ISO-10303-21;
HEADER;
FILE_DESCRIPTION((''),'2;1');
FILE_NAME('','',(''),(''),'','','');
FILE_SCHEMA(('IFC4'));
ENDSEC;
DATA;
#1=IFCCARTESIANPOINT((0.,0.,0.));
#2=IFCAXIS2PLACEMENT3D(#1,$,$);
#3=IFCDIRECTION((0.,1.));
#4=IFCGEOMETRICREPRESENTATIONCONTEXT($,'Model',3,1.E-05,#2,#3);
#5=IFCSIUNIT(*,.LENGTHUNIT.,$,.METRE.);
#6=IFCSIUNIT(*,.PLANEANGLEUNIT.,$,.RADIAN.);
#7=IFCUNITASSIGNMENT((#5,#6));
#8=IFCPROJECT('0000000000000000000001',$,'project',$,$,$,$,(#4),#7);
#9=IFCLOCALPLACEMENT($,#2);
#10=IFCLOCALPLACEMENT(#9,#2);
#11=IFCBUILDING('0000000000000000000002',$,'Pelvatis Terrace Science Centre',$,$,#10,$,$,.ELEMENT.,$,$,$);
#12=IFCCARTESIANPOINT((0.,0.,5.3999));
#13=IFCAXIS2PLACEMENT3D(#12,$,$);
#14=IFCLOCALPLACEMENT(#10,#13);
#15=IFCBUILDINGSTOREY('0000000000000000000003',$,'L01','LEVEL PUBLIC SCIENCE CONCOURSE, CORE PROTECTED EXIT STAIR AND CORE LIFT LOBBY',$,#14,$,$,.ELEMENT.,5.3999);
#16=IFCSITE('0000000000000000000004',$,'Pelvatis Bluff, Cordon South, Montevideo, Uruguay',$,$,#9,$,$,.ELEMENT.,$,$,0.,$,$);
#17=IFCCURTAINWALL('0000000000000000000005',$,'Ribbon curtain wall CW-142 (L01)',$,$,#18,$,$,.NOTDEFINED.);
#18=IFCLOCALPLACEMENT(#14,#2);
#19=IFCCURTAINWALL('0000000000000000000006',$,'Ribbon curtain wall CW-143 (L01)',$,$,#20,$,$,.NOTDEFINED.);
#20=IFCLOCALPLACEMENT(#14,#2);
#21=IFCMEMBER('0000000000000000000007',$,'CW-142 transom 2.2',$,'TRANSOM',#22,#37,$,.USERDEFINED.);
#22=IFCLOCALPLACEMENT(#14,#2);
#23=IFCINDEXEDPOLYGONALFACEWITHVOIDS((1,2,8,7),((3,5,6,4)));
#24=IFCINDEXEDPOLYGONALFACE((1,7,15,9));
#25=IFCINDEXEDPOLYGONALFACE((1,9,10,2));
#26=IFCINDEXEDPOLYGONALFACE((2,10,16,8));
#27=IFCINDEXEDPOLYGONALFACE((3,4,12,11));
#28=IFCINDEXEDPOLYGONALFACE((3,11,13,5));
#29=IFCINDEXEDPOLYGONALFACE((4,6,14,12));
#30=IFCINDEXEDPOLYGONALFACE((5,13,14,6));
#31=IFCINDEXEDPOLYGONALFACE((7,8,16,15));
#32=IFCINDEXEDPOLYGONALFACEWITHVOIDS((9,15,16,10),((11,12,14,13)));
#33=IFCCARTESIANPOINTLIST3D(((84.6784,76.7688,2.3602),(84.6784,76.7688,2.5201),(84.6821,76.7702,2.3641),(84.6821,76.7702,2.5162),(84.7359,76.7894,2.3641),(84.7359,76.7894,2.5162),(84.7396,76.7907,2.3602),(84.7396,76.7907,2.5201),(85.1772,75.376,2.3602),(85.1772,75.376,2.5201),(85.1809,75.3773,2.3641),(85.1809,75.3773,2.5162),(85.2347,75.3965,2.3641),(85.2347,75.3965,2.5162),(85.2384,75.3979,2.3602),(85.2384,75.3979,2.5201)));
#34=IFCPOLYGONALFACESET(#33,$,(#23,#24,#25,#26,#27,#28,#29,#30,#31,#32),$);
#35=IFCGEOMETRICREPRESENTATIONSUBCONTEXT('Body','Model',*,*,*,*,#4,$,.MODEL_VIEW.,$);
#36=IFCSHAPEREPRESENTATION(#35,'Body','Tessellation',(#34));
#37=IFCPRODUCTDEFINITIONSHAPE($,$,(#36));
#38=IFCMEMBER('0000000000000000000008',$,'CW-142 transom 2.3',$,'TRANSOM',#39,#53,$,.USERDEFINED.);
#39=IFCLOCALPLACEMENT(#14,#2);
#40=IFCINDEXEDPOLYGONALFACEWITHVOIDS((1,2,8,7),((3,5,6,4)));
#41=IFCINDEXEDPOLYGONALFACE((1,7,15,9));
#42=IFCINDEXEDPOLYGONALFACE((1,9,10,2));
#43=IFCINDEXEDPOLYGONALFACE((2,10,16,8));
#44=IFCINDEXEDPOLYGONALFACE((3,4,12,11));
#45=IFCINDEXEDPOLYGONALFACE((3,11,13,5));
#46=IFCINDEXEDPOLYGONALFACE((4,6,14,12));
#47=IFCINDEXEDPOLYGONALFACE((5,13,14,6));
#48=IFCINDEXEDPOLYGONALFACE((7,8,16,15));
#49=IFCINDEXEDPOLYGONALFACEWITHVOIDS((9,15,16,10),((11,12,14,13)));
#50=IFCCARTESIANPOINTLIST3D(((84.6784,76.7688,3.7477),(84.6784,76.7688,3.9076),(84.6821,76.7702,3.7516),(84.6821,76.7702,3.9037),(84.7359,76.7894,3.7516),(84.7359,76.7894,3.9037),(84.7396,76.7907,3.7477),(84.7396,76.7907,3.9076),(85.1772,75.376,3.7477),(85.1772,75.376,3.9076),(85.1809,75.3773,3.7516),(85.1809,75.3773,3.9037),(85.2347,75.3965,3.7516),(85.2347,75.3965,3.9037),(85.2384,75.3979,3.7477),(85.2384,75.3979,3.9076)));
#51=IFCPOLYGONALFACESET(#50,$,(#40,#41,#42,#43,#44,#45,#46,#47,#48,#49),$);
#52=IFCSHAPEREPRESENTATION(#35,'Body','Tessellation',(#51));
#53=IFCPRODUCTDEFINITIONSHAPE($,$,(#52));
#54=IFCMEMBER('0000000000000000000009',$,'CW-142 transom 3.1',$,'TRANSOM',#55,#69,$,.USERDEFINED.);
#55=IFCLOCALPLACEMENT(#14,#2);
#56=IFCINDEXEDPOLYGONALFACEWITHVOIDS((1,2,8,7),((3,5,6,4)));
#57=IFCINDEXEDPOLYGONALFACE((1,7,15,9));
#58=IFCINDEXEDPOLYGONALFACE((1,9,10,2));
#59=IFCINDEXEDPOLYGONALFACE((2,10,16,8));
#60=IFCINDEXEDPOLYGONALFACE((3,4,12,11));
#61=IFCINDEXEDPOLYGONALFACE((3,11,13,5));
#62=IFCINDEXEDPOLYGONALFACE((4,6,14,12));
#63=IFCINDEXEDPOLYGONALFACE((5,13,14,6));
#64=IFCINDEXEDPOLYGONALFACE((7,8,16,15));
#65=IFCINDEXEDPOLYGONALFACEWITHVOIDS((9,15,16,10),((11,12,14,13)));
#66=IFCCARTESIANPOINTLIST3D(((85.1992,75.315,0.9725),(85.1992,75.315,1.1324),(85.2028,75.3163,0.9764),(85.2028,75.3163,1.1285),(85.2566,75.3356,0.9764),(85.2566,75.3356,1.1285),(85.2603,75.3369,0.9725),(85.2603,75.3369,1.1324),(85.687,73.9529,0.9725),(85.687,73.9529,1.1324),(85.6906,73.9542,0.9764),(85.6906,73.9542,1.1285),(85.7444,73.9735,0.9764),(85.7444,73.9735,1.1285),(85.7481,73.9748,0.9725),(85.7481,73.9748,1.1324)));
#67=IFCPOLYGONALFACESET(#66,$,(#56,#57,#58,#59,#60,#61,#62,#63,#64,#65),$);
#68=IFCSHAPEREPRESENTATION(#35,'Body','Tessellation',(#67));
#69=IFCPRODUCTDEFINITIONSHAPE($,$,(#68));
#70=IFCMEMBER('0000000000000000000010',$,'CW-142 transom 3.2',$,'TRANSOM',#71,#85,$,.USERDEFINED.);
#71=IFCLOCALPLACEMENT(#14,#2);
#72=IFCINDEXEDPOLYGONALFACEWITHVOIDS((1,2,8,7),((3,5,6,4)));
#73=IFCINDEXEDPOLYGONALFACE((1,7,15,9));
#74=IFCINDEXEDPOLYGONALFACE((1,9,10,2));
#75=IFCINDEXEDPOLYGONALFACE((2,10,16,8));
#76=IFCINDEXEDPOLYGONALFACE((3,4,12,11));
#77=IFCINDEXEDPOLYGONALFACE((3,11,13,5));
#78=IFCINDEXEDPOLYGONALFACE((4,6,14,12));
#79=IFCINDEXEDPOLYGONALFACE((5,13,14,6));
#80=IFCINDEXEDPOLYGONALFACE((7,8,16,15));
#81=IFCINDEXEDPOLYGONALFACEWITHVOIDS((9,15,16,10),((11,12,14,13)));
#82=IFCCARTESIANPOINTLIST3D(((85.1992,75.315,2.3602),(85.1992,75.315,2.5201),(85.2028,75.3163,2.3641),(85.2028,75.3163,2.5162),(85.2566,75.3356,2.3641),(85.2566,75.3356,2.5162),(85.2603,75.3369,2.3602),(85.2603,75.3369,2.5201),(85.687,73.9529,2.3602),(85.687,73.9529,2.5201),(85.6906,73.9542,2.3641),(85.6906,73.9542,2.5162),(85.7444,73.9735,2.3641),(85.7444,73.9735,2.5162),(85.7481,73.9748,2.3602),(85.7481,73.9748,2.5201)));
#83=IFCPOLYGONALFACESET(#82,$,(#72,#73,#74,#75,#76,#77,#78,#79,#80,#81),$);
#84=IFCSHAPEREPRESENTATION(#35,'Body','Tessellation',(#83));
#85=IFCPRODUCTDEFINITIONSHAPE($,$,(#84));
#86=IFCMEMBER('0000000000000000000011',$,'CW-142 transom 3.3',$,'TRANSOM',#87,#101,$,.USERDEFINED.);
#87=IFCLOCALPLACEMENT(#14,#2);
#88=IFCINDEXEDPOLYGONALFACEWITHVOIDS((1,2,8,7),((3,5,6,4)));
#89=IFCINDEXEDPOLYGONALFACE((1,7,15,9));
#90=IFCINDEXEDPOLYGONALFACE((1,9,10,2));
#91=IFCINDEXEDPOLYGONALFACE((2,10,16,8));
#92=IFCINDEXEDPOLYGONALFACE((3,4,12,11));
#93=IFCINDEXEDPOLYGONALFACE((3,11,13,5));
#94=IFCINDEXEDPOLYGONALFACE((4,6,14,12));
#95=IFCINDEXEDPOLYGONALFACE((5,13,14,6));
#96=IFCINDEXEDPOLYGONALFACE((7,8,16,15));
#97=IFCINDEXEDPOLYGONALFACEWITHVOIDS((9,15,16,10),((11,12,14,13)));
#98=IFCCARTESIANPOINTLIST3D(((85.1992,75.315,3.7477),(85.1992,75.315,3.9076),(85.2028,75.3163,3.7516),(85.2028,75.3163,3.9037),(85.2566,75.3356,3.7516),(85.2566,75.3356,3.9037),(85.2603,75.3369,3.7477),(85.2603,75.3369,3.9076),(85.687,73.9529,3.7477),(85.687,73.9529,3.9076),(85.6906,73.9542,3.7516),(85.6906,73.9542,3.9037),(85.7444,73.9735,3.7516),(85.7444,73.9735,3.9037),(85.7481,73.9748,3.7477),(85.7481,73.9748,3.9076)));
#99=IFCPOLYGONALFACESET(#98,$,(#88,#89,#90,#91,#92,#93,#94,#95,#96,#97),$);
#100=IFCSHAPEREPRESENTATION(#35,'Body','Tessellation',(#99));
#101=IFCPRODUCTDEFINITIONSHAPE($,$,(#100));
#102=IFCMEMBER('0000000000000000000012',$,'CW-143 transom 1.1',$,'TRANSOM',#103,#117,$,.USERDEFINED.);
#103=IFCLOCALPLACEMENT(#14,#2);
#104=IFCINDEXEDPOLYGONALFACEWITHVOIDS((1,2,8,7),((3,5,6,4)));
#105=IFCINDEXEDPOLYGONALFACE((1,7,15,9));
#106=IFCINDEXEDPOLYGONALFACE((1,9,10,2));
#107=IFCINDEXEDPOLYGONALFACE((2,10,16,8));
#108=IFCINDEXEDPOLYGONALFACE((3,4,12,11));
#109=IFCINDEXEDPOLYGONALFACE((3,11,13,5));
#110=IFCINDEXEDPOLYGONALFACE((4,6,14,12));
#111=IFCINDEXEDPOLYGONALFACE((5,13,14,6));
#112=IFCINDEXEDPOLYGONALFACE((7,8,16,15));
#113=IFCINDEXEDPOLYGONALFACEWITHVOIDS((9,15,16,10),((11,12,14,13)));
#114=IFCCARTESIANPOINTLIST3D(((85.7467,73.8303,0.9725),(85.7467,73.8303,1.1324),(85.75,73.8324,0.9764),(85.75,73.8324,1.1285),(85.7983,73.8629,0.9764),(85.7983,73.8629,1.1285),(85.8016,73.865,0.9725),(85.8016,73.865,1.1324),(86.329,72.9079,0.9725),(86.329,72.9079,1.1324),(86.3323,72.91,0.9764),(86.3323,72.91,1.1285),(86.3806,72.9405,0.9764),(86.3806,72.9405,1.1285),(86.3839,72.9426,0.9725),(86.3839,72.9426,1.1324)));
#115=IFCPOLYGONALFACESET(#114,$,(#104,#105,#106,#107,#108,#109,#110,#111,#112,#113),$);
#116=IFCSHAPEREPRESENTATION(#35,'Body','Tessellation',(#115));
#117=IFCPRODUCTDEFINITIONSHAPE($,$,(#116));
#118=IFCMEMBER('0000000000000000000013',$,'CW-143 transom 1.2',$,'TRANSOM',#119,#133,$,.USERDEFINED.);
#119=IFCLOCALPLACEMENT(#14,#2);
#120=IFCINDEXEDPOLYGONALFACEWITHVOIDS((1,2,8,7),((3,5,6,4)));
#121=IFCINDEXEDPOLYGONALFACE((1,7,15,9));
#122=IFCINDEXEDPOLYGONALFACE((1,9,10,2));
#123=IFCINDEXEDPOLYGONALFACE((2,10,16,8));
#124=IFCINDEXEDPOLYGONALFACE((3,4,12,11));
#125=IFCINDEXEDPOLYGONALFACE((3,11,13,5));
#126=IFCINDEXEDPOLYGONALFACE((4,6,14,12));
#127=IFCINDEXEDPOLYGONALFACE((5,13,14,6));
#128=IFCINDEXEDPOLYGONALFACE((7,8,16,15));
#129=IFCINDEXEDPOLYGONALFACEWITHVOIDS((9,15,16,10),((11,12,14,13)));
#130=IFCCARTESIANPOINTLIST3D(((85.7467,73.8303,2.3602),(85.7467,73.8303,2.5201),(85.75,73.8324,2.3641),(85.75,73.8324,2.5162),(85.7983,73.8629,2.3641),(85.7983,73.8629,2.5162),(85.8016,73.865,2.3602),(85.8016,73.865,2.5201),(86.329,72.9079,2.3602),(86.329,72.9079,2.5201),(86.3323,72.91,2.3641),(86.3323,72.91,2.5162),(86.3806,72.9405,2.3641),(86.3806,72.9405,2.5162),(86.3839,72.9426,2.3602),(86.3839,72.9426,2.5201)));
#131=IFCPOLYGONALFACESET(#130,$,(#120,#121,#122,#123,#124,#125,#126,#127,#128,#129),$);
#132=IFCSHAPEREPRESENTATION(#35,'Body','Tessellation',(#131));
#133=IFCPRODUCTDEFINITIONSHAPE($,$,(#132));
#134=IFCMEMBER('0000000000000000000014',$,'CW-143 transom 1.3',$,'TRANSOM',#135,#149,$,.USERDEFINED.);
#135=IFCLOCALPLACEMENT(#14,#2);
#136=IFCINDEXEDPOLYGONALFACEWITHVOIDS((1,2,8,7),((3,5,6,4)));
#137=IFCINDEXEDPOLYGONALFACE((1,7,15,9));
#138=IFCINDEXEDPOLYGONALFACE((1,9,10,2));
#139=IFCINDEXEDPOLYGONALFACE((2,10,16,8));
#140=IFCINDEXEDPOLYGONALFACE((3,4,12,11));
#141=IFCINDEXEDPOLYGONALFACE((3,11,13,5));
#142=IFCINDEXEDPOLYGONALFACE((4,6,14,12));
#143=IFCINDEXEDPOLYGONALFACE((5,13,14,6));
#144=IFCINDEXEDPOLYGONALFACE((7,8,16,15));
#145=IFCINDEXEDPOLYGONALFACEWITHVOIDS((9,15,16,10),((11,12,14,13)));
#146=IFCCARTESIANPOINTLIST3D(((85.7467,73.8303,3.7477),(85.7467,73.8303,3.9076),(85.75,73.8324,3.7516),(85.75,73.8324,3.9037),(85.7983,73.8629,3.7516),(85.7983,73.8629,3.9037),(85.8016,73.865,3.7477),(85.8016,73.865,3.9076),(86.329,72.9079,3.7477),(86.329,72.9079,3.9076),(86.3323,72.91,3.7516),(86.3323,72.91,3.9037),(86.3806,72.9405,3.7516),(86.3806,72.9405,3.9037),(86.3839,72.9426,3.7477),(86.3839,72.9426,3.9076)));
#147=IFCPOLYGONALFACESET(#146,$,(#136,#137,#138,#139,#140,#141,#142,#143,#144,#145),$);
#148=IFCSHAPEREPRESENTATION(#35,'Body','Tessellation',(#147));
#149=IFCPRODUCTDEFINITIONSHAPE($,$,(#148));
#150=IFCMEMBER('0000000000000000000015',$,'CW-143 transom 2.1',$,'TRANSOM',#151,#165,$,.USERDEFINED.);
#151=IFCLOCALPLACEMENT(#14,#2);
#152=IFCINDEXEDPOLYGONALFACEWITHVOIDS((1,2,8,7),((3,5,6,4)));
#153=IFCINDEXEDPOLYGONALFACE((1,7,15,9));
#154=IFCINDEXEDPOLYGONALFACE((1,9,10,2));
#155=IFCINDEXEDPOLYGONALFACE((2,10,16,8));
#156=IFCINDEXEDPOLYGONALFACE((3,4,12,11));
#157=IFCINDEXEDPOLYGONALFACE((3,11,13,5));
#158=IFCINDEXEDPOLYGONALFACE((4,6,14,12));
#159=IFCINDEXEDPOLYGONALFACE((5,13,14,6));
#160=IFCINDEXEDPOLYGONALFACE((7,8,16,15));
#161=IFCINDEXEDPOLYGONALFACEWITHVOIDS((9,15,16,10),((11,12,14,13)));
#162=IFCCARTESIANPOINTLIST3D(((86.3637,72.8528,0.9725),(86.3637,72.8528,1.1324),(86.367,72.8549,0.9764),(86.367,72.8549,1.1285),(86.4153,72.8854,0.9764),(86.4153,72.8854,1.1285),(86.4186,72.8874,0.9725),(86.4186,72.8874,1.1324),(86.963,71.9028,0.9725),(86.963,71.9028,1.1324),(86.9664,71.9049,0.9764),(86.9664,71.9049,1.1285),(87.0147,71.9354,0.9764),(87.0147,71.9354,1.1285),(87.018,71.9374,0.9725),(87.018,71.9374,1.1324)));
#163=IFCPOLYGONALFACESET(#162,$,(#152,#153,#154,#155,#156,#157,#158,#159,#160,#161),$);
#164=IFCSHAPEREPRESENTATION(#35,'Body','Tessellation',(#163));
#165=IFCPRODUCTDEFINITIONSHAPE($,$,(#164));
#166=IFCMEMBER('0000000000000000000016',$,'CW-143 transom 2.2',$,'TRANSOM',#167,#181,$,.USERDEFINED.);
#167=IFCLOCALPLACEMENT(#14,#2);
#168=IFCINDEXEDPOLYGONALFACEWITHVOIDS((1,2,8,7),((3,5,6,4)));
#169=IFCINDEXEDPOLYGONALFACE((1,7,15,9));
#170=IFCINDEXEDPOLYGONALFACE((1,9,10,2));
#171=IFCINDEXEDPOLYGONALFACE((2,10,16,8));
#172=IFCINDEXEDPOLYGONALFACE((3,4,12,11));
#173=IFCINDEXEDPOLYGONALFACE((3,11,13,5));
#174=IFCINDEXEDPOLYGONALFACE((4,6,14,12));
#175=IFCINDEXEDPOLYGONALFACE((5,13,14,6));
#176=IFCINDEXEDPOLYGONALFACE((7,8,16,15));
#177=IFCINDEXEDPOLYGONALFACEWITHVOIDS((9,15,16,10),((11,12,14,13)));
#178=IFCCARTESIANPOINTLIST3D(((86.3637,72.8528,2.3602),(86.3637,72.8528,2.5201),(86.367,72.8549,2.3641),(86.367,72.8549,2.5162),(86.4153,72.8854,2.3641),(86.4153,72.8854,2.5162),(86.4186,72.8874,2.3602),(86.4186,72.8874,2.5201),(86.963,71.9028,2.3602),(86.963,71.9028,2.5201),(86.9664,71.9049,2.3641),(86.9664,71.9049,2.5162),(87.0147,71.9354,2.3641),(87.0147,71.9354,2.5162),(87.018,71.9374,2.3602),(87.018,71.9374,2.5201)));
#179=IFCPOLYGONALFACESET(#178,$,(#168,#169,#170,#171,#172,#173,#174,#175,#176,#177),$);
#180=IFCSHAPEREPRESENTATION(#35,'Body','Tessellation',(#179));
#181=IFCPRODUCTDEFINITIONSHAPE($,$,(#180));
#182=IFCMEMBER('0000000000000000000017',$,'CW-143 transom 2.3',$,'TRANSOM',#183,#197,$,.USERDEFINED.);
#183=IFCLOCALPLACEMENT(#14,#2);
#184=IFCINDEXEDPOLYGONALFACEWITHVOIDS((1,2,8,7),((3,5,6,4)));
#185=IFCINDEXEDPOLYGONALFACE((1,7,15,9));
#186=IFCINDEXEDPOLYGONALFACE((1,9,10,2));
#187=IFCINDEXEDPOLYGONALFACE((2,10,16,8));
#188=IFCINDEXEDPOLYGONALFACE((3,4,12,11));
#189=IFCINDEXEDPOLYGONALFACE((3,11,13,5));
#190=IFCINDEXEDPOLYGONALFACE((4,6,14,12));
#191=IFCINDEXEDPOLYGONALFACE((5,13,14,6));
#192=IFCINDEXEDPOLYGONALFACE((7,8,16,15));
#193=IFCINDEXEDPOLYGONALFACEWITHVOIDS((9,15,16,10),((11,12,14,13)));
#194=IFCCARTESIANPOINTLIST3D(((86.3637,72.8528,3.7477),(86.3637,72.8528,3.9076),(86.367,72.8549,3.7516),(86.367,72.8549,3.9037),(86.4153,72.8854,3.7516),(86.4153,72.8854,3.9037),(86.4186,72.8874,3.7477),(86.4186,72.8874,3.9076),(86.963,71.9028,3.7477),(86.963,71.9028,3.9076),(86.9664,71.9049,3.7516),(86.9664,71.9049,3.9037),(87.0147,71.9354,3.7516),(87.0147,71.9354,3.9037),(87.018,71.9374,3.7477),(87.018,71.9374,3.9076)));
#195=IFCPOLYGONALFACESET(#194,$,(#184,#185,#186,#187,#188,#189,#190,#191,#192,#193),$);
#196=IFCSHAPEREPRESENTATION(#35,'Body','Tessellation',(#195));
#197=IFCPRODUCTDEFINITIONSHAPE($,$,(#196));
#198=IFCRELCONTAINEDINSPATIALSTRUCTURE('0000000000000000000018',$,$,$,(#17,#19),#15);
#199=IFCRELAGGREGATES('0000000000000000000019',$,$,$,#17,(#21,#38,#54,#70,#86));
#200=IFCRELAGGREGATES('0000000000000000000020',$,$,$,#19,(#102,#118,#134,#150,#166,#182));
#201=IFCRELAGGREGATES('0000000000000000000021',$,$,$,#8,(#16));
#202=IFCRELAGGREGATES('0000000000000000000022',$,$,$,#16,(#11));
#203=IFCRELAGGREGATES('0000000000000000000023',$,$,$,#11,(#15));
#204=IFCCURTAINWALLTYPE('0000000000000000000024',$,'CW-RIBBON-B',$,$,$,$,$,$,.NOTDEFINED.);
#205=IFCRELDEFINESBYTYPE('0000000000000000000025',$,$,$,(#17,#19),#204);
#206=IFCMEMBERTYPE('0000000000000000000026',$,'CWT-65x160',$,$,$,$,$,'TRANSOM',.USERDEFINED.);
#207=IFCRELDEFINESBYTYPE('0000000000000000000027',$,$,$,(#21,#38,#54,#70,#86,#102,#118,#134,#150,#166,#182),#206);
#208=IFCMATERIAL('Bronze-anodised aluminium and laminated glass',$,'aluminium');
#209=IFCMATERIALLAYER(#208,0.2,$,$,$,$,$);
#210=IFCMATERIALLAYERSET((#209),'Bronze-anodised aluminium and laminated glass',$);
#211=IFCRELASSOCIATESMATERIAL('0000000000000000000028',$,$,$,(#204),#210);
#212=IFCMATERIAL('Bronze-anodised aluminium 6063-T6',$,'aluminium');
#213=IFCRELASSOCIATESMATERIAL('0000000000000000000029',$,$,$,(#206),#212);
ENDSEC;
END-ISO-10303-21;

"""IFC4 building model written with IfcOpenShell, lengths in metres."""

from ifc_helpers import new_model, si_unit, direction, frame, origin, origin_2d, place, context, subcontext, project, spatial, hollow_rectangle, extrude, material, layer, layer_set, material_profile, profile_set, type_object, element, aggregate, save


model = new_model("IFC4")

# Units and contexts
model_context = context("Model", 3, precision=1e-05, world=origin(), true_north=direction((0.0, 1.0)))
body_context = subcontext(model_context, "Body", "Model", "MODEL_VIEW")
ifc_project = project(units=[si_unit("LENGTHUNIT", "METRE"), si_unit("PLANEANGLEUNIT", "RADIAN")], contexts=[model_context])

# Site, building, storey
site_placement = place(None, origin())
site = spatial("IfcSite", under=ifc_project, at=site_placement, Name="Pelvatis Bluff, Cordon South, Montevideo, Uruguay", CompositionType="ELEMENT", RefElevation=0.0)
building_placement = place(site_placement, origin())
building = spatial("IfcBuilding", under=site, at=building_placement, Name="Pelvatis Terrace Science Centre", CompositionType="ELEMENT")
storey_placement = place(building_placement, frame((0.0, 0.0, 5.3999)))
storey = spatial("IfcBuildingStorey", under=building, at=storey_placement, Name="L01", Description="LEVEL PUBLIC SCIENCE CONCOURSE, CORE PROTECTED EXIT STAIR AND CORE LIFT LOBBY", CompositionType="ELEMENT", Elevation=5.3999)

# Shared definitions
ifc_material_1 = material(Name="Bronze-anodised aluminium and laminated glass", Category="aluminium")
ifc_layer_1 = layer(ifc_material_1, 0.2)
ifc_layer_set_1 = layer_set([ifc_layer_1], Name="Bronze-anodised aluminium and laminated glass")
curtain_wall_type = type_object("IfcCurtainWallType", Name="CW-RIBBON-B", PredefinedType="NOTDEFINED", material=ifc_layer_set_1)

# Curtain walls
curtain_wall_1_placement = place(storey_placement, origin())
curtain_wall_1 = element("IfcCurtainWall", 1, at=curtain_wall_1_placement, inside=storey, type_object=curtain_wall_type, Name="Ribbon curtain wall CW-142 (L01)", PredefinedType="NOTDEFINED")
curtain_wall_2_placement = place(storey_placement, origin())
curtain_wall_2 = element("IfcCurtainWall", 2, at=curtain_wall_2_placement, inside=storey, type_object=curtain_wall_type, Name="Ribbon curtain wall CW-143 (L01)", PredefinedType="NOTDEFINED")

# Members
ifc_material_2 = material(Name="Bronze-anodised aluminium 6063-T6", Category="aluminium")
ifc_material_profile_1 = material_profile(ifc_material_2, hollow_rectangle(XDim=0.0649, YDim=0.1599, WallThickness=0.0039, at=origin_2d()), Name="ALU-TRN 65x160")
ifc_profile_set_1 = profile_set([ifc_material_profile_1], Name="Bronze-anodised aluminium 6063-T6")
member_type_1 = type_object("IfcMemberType", Name="CWT-65x160", ElementType="TRANSOM", PredefinedType="USERDEFINED", material=ifc_profile_set_1)
member_1_placement = place(storey_placement, frame((84.709, 76.7798, 2.4402), z_axis=(0.337141, -0.941454, 0.0), x_axis=(0.941454, 0.337141, 0.0)))
member_1 = element("IfcMember", 3, at=member_1_placement, type_object=member_type_1, Name="CW-142 transom 2.2", ObjectType="TRANSOM", PredefinedType="USERDEFINED", context=body_context, shape_type="SweptSolid", body=[
    extrude(hollow_rectangle(XDim=0.0649, YDim=0.1599, WallThickness=0.0039, at=origin_2d()), origin(), (0.0, 0.0, 1.0), 1.4795),
])
member_2_placement = place(storey_placement, frame((84.709, 76.7798, 3.8276), z_axis=(0.337141, -0.941454, 0.0), x_axis=(0.941454, 0.337141, 0.0)))
member_2 = element("IfcMember", 4, at=member_2_placement, type_object=member_type_1, Name="CW-142 transom 2.3", ObjectType="TRANSOM", PredefinedType="USERDEFINED", context=body_context, shape_type="SweptSolid", body=[
    extrude(hollow_rectangle(XDim=0.0649, YDim=0.1599, WallThickness=0.0039, at=origin_2d()), origin(), (0.0, 0.0, 1.0), 1.4795),
])
member_3_placement = place(storey_placement, frame((85.2297, 75.3259, 1.0525), z_axis=(0.337159, -0.941448, 0.0), x_axis=(0.941448, 0.337159, 0.0)))
member_3 = element("IfcMember", 5, at=member_3_placement, type_object=member_type_1, Name="CW-142 transom 3.1", ObjectType="TRANSOM", PredefinedType="USERDEFINED", context=body_context, shape_type="SweptSolid", body=[
    extrude(hollow_rectangle(XDim=0.0649, YDim=0.1599, WallThickness=0.0039, at=origin_2d()), origin(), (0.0, 0.0, 1.0), 1.4468),
])
member_4_placement = place(storey_placement, frame((85.2297, 75.3259, 2.4402), z_axis=(0.337159, -0.941448, 0.0), x_axis=(0.941448, 0.337159, 0.0)))
member_4 = element("IfcMember", 6, at=member_4_placement, type_object=member_type_1, Name="CW-142 transom 3.2", ObjectType="TRANSOM", PredefinedType="USERDEFINED", context=body_context, shape_type="SweptSolid", body=[
    extrude(hollow_rectangle(XDim=0.0649, YDim=0.1599, WallThickness=0.0039, at=origin_2d()), origin(), (0.0, 0.0, 1.0), 1.4468),
])
member_5_placement = place(storey_placement, frame((85.2297, 75.3259, 3.8276), z_axis=(0.337159, -0.941448, 0.0), x_axis=(0.941448, 0.337159, 0.0)))
member_5 = element("IfcMember", 7, at=member_5_placement, type_object=member_type_1, Name="CW-142 transom 3.3", ObjectType="TRANSOM", PredefinedType="USERDEFINED", context=body_context, shape_type="SweptSolid", body=[
    extrude(hollow_rectangle(XDim=0.0649, YDim=0.1599, WallThickness=0.0039, at=origin_2d()), origin(), (0.0, 0.0, 1.0), 1.4468),
])
member_6_placement = place(storey_placement, frame((85.7742, 73.8477, 1.0525), z_axis=(0.533816, -0.845601, 0.0), x_axis=(0.845601, 0.533816, 0.0)))
member_6 = element("IfcMember", 8, at=member_6_placement, type_object=member_type_1, Name="CW-143 transom 1.1", ObjectType="TRANSOM", PredefinedType="USERDEFINED", context=body_context, shape_type="SweptSolid", body=[
    extrude(hollow_rectangle(XDim=0.0649, YDim=0.1599, WallThickness=0.0039, at=origin_2d()), origin(), (0.0, 0.0, 1.0), 1.0908),
])
member_7_placement = place(storey_placement, frame((85.7742, 73.8477, 2.4402), z_axis=(0.533816, -0.845601, 0.0), x_axis=(0.845601, 0.533816, 0.0)))
member_7 = element("IfcMember", 9, at=member_7_placement, type_object=member_type_1, Name="CW-143 transom 1.2", ObjectType="TRANSOM", PredefinedType="USERDEFINED", context=body_context, shape_type="SweptSolid", body=[
    extrude(hollow_rectangle(XDim=0.0649, YDim=0.1599, WallThickness=0.0039, at=origin_2d()), origin(), (0.0, 0.0, 1.0), 1.0908),
])
member_8_placement = place(storey_placement, frame((85.7742, 73.8477, 3.8276), z_axis=(0.533816, -0.845601, 0.0), x_axis=(0.845601, 0.533816, 0.0)))
member_8 = element("IfcMember", 10, at=member_8_placement, type_object=member_type_1, Name="CW-143 transom 1.3", ObjectType="TRANSOM", PredefinedType="USERDEFINED", context=body_context, shape_type="SweptSolid", body=[
    extrude(hollow_rectangle(XDim=0.0649, YDim=0.1599, WallThickness=0.0039, at=origin_2d()), origin(), (0.0, 0.0, 1.0), 1.0908),
])
member_9_placement = place(storey_placement, frame((86.3911, 72.8701, 1.0525), z_axis=(0.533609, -0.845732, 0.0), x_axis=(0.845732, 0.533609, 0.0)))
member_9 = element("IfcMember", 11, at=member_9_placement, type_object=member_type_1, Name="CW-143 transom 2.1", ObjectType="TRANSOM", PredefinedType="USERDEFINED", context=body_context, shape_type="SweptSolid", body=[
    extrude(hollow_rectangle(XDim=0.0649, YDim=0.1599, WallThickness=0.0039, at=origin_2d()), origin(), (0.0, 0.0, 1.0), 1.1233),
])
member_10_placement = place(storey_placement, frame((86.3911, 72.8701, 2.4402), z_axis=(0.533609, -0.845732, 0.0), x_axis=(0.845732, 0.533609, 0.0)))
member_10 = element("IfcMember", 12, at=member_10_placement, type_object=member_type_1, Name="CW-143 transom 2.2", ObjectType="TRANSOM", PredefinedType="USERDEFINED", context=body_context, shape_type="SweptSolid", body=[
    extrude(hollow_rectangle(XDim=0.0649, YDim=0.1599, WallThickness=0.0039, at=origin_2d()), origin(), (0.0, 0.0, 1.0), 1.1233),
])
member_11_placement = place(storey_placement, frame((86.3911, 72.8701, 3.8276), z_axis=(0.533609, -0.845732, 0.0), x_axis=(0.845732, 0.533609, 0.0)))
member_11 = element("IfcMember", 13, at=member_11_placement, type_object=member_type_1, Name="CW-143 transom 2.3", ObjectType="TRANSOM", PredefinedType="USERDEFINED", context=body_context, shape_type="SweptSolid", body=[
    extrude(hollow_rectangle(XDim=0.0649, YDim=0.1599, WallThickness=0.0039, at=origin_2d()), origin(), (0.0, 0.0, 1.0), 1.1233),
])

aggregate(curtain_wall_1, [member_1, member_2, member_3, member_4, member_5])
aggregate(curtain_wall_2, [member_6, member_7, member_8, member_9, member_10, member_11])

save(model, "model.ifc")
